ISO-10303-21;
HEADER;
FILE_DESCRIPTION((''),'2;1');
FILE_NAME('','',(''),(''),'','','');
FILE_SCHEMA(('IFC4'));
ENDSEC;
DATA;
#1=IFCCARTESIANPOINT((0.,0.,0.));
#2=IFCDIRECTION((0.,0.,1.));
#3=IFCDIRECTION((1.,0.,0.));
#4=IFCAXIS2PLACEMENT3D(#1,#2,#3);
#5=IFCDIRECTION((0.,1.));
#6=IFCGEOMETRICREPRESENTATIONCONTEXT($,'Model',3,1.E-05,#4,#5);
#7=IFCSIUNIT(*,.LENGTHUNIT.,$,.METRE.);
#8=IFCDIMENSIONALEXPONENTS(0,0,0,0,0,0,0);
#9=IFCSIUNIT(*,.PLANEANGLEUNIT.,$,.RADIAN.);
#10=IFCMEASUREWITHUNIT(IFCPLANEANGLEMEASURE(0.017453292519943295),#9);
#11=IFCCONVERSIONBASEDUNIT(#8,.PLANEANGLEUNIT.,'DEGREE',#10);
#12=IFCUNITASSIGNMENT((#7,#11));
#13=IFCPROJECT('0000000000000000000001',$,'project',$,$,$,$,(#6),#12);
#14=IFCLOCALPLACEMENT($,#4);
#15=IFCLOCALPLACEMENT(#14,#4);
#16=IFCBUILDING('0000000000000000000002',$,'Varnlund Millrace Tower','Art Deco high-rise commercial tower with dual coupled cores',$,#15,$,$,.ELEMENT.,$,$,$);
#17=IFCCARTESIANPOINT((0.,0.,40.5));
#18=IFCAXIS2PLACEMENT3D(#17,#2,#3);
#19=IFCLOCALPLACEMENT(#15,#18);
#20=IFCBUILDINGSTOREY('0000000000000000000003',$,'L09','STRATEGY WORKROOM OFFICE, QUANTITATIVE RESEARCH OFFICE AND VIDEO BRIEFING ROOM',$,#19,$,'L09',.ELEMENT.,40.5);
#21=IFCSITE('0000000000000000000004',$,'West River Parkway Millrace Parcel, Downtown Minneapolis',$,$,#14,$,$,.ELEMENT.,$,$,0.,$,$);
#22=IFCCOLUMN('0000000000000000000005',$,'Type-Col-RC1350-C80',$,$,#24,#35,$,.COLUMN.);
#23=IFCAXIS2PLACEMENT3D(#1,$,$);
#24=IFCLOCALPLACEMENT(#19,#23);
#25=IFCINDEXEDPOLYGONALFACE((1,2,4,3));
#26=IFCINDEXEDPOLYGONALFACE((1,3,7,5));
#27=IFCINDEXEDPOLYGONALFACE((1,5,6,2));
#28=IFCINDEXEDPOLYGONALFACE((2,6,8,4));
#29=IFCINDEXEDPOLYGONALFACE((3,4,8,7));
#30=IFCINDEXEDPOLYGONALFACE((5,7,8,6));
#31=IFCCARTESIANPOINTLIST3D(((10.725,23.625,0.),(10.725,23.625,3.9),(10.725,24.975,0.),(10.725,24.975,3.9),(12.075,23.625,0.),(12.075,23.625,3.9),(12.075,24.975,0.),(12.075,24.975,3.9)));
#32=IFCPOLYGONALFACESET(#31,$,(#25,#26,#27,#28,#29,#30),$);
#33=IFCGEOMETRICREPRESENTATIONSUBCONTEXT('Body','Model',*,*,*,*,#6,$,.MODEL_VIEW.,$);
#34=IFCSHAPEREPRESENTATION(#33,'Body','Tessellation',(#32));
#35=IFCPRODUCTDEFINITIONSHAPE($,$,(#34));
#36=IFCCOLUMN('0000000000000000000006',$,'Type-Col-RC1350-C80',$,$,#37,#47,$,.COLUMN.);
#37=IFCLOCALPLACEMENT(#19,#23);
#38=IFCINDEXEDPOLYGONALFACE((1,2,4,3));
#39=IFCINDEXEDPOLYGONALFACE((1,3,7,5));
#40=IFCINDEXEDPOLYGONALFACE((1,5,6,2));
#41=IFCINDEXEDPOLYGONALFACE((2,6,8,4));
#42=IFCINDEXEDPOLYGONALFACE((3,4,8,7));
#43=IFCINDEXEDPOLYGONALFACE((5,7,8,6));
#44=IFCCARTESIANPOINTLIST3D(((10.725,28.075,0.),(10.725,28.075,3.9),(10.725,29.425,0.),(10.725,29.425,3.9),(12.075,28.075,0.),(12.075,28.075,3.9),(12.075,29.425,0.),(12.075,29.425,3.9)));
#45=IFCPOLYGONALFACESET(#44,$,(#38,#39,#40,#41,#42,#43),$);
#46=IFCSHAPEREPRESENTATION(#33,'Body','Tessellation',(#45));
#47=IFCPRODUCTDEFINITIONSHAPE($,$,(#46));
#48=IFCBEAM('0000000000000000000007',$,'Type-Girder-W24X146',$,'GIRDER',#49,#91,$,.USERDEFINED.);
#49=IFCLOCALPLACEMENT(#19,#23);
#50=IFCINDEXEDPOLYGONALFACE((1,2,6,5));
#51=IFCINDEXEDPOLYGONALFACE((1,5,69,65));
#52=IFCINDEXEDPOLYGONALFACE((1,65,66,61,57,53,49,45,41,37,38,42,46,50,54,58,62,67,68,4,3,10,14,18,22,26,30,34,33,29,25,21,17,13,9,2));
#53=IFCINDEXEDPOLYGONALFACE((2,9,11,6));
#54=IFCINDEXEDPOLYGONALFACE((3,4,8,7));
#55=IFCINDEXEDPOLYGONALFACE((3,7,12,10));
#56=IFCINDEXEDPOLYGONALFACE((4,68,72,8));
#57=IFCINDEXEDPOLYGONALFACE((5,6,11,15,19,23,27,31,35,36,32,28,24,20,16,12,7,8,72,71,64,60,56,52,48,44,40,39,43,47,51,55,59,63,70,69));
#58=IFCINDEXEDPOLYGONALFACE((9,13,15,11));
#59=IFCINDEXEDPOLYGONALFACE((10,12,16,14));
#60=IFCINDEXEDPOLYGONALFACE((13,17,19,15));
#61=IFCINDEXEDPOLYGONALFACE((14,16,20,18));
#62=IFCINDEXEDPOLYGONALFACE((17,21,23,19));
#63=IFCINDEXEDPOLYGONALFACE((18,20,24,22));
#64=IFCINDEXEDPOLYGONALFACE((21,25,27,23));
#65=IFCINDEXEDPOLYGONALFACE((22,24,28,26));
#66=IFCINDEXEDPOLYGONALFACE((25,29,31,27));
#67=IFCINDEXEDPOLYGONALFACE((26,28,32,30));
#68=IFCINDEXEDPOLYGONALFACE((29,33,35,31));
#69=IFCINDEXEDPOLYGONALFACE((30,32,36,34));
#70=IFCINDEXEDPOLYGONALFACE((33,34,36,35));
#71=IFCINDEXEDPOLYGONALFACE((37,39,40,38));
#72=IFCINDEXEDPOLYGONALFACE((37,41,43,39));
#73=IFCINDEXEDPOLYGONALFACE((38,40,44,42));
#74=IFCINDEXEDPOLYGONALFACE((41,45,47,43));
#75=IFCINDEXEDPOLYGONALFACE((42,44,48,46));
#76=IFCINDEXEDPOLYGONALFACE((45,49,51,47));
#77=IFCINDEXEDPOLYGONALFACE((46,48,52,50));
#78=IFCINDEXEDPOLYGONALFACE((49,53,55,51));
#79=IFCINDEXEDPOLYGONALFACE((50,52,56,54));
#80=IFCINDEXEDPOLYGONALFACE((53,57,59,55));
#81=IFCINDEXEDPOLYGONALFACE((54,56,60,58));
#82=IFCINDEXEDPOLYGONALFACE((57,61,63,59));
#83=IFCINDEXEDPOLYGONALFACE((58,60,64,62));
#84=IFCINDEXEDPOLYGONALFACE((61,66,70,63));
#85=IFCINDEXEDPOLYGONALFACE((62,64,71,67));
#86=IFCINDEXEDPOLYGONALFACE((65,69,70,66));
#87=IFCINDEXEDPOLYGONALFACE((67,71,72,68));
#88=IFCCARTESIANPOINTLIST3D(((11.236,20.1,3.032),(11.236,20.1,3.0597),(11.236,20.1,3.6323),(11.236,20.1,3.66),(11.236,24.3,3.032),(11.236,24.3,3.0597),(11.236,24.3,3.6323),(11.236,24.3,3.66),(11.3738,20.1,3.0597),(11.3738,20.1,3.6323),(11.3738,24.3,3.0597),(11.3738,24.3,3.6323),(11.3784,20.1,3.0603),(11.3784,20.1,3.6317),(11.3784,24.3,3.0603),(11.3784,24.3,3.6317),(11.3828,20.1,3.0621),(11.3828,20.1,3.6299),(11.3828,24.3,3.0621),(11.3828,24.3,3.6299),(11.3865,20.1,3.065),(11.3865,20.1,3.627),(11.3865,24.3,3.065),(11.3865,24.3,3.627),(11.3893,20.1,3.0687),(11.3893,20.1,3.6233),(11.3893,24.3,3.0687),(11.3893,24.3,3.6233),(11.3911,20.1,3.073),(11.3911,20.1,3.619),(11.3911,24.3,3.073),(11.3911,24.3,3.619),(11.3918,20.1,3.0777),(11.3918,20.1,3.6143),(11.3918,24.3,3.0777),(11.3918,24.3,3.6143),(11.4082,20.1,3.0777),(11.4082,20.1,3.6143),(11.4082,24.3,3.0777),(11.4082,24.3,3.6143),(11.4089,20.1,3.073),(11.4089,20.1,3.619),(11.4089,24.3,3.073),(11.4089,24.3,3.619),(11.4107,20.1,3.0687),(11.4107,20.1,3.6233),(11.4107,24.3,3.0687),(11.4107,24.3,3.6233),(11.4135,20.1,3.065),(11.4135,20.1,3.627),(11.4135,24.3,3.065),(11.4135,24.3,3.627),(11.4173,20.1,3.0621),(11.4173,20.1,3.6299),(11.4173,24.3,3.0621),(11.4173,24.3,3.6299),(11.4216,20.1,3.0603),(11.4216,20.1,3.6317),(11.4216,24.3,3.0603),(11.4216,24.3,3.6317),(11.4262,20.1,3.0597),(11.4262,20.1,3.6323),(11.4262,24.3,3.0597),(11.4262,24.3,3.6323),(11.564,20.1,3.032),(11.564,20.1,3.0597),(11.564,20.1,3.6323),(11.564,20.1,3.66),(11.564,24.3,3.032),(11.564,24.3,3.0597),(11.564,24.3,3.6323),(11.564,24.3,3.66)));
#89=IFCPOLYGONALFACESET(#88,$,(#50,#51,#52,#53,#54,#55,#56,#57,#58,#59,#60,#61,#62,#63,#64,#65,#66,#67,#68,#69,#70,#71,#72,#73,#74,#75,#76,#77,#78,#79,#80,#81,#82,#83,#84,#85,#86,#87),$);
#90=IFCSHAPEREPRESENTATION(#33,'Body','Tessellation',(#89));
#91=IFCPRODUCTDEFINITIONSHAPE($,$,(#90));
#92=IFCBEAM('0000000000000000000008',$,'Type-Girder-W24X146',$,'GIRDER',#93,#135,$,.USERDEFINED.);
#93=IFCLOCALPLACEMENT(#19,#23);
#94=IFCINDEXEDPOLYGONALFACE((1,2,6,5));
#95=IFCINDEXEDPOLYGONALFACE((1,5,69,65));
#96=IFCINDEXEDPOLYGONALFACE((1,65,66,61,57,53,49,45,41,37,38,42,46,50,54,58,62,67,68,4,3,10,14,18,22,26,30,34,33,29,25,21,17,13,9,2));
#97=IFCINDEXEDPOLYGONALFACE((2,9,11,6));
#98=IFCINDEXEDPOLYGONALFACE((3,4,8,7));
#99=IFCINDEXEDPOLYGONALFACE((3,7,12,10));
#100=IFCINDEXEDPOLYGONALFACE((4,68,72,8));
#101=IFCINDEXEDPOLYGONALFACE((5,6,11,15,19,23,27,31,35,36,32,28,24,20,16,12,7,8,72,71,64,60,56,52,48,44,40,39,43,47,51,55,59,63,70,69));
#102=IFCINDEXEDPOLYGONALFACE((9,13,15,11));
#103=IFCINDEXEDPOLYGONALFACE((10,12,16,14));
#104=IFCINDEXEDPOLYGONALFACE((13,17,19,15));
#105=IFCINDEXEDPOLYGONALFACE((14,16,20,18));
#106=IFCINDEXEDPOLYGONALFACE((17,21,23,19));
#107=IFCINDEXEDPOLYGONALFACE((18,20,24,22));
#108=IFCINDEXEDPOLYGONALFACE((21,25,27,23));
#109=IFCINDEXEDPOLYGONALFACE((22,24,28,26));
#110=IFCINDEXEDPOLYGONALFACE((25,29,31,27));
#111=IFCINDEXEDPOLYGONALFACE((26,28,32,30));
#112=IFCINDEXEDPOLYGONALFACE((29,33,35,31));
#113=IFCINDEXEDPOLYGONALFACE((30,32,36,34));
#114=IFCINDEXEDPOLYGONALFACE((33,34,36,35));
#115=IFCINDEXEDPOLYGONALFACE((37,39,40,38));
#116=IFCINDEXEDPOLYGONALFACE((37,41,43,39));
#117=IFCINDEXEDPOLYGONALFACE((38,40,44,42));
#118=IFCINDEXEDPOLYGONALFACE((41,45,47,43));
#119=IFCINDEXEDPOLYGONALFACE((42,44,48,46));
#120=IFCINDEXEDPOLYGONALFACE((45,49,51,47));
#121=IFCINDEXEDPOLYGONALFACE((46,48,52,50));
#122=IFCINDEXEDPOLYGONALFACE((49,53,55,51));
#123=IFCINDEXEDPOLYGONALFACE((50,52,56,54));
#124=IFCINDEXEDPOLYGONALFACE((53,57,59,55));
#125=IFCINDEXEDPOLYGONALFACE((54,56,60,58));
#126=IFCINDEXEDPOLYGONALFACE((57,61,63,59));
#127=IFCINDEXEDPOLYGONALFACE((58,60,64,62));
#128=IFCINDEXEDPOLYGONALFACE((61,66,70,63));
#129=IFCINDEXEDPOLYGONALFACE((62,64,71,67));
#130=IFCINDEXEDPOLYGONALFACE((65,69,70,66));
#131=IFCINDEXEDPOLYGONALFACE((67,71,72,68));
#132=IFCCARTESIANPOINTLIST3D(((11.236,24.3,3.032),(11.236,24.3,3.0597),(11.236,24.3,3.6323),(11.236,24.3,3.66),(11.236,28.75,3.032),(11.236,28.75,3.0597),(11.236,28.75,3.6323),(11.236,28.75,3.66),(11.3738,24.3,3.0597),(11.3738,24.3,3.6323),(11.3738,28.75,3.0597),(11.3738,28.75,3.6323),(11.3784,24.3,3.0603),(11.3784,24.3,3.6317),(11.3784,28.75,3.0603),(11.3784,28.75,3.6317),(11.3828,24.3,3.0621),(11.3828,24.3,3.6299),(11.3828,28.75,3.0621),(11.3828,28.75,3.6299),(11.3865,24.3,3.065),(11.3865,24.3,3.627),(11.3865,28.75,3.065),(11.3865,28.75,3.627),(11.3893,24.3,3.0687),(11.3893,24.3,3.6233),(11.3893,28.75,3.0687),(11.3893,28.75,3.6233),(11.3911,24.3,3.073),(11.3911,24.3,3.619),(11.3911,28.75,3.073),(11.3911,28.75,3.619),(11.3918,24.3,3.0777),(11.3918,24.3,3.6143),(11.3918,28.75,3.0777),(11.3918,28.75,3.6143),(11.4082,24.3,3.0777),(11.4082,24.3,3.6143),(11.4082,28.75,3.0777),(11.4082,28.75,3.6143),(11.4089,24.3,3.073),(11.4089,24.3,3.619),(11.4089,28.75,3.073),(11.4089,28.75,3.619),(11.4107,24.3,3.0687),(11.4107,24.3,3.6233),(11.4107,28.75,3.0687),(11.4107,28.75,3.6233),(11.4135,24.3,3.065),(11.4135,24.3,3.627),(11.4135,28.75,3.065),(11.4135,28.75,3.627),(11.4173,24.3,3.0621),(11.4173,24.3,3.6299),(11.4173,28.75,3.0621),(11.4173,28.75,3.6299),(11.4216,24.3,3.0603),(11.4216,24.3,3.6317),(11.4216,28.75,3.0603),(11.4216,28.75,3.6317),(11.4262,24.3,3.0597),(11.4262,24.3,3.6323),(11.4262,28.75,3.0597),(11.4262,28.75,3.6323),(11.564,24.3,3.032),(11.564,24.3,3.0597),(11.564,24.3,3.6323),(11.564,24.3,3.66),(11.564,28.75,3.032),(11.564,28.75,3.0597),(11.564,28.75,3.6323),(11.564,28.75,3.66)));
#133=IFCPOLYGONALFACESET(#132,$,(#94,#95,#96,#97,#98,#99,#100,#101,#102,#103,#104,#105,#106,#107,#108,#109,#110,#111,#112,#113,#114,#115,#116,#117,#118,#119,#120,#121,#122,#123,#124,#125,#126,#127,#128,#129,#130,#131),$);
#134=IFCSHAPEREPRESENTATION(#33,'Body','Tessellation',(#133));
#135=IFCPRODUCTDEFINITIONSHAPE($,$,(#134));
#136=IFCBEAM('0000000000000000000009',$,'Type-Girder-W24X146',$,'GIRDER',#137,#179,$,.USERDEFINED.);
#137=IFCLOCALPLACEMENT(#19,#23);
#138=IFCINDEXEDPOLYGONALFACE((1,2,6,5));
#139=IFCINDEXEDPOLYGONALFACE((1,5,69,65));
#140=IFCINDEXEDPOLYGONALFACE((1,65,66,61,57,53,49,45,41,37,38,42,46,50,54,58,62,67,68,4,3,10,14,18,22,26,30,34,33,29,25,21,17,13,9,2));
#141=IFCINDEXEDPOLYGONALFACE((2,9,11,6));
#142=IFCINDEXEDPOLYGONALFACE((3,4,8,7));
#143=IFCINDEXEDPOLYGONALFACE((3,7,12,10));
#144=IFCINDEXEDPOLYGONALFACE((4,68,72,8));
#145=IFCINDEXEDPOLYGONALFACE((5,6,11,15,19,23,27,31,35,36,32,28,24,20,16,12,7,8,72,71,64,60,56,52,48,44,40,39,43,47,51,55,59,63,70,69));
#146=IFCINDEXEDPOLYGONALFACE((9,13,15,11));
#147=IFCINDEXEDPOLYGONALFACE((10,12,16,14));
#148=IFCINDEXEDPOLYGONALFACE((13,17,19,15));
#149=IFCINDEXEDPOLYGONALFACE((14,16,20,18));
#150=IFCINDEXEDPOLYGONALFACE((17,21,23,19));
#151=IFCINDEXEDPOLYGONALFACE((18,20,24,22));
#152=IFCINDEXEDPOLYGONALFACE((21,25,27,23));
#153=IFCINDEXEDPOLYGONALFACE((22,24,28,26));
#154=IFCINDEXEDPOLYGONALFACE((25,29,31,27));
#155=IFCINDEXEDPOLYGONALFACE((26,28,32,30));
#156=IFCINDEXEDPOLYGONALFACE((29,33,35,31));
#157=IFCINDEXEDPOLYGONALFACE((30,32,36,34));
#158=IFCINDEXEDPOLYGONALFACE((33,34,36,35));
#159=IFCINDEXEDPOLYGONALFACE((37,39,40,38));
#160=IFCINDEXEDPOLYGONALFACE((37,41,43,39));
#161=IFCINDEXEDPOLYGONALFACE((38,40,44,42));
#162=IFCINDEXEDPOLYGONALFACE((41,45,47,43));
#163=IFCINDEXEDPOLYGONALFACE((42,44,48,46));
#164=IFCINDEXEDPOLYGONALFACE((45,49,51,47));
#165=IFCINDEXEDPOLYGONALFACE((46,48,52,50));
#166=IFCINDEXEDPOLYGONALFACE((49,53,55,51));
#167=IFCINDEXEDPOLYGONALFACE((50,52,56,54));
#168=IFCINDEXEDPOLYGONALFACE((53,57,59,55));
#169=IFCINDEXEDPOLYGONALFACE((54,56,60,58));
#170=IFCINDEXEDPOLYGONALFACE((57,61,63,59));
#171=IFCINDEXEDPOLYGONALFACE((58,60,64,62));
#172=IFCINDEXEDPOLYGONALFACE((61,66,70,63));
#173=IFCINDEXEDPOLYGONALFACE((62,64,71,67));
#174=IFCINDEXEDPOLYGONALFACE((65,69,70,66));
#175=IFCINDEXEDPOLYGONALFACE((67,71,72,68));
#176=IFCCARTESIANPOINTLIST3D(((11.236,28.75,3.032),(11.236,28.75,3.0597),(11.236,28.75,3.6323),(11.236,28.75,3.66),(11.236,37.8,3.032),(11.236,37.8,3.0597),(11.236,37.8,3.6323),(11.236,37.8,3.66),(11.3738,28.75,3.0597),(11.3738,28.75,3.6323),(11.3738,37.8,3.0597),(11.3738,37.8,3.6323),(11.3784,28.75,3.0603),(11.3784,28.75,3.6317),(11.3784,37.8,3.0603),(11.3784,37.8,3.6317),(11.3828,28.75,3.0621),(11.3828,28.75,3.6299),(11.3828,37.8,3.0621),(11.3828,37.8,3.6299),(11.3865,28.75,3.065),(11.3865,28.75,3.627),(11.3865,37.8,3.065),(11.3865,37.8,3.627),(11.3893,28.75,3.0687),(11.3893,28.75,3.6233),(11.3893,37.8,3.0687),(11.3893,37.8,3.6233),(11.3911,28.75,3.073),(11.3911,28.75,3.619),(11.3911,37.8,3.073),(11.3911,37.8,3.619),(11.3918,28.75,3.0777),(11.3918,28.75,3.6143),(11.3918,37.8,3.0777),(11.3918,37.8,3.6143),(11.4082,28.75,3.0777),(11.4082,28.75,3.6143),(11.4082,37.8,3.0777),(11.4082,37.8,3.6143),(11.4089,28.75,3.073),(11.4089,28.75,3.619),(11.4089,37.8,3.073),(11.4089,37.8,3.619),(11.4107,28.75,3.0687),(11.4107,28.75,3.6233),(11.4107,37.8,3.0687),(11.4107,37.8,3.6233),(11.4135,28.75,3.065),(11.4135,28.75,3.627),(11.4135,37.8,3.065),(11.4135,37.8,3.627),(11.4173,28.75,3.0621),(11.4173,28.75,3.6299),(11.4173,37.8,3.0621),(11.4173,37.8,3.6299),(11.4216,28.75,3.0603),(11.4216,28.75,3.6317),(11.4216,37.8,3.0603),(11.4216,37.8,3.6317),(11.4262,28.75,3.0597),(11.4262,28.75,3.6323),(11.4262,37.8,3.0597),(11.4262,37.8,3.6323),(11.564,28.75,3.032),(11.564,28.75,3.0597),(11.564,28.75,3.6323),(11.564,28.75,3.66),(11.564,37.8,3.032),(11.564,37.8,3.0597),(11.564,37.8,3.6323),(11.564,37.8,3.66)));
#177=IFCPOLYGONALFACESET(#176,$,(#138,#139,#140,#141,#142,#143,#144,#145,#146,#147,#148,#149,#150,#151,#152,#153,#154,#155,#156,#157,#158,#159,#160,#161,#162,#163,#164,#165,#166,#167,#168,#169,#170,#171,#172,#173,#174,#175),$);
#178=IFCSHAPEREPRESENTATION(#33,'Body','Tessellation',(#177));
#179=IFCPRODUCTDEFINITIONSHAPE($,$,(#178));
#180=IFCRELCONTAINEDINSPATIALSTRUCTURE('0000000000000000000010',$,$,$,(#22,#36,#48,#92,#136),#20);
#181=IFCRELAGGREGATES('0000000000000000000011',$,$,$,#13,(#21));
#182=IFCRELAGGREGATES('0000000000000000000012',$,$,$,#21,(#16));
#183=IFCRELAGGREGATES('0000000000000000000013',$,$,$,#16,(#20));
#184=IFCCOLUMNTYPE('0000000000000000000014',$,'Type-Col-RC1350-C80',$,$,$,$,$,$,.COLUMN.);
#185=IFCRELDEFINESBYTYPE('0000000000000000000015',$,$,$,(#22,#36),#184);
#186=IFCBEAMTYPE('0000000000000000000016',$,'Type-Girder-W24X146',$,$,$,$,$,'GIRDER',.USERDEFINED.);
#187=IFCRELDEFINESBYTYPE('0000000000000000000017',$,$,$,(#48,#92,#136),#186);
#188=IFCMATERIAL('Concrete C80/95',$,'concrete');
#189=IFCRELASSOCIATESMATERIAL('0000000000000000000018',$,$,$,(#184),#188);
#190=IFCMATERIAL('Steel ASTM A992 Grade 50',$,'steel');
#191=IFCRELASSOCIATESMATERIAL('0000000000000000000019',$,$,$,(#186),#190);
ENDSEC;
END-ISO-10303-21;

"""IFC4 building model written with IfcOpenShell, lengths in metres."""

from ifc_helpers import new_model, entity, si_unit, converted_unit, direction, frame, origin_with_axes, origin_2d_with_axis, place, context, subcontext, project, spatial, rectangle, i_section, extrude, material, material_profile, profile_set, type_object, element, save


model = new_model("IFC4")

# Units and contexts
model_context = context("Model", 3, precision=1e-05, world=origin_with_axes(), true_north=direction((0.0, 1.0)))
body_context = subcontext(model_context, "Body", "Model", "MODEL_VIEW")
ifc_project = project(units=[si_unit("LENGTHUNIT", "METRE"), converted_unit("PLANEANGLEUNIT", "DEGREE", entity("IfcPlaneAngleMeasure", 0.017453292519943295), si_unit("PLANEANGLEUNIT", "RADIAN"), dimensions=[0, 0, 0, 0, 0, 0, 0])], contexts=[model_context])

# Site, building, storey
site_placement = place(None, origin_with_axes())
site = spatial("IfcSite", under=ifc_project, at=site_placement, Name="West River Parkway Millrace Parcel, Downtown Minneapolis", CompositionType="ELEMENT", RefElevation=0.0)
building_placement = place(site_placement, origin_with_axes())
building = spatial("IfcBuilding", under=site, at=building_placement, Name="Varnlund Millrace Tower", Description="Art Deco high-rise commercial tower with dual coupled cores", CompositionType="ELEMENT")
storey_placement = place(building_placement, frame((0.0, 0.0, 40.5), z_axis=(0.0, 0.0, 1.0), x_axis=(1.0, 0.0, 0.0)))
storey = spatial("IfcBuildingStorey", under=building, at=storey_placement, Name="L09", Description="STRATEGY WORKROOM OFFICE, QUANTITATIVE RESEARCH OFFICE AND VIDEO BRIEFING ROOM", LongName="L09", CompositionType="ELEMENT", Elevation=40.5)

# Columns
ifc_material_1 = material(Name="Concrete C80/95", Category="concrete")
ifc_material_profile_1 = material_profile(ifc_material_1, rectangle(XDim=1.35, YDim=1.35, at=origin_2d_with_axis()), Name="Concrete C80/95")
ifc_profile_set_1 = profile_set([ifc_material_profile_1], Name="Concrete C80/95")
column_type = type_object("IfcColumnType", Name="Type-Col-RC1350-C80", PredefinedType="COLUMN", material=ifc_profile_set_1)
for number, where, z_axis, x_axis, name in (
    (1, (11.4, 24.3, 0.0), (0.0, 0.0, 1.0), (1.0, 0.0, 0.0), "Type-Col-RC1350-C80"),
    (2, (11.4, 28.75, 0.0), (0.0, 0.0, 1.0), (1.0, 0.0, 0.0), "Type-Col-RC1350-C80"),
):
    element("IfcColumn", number, at=place(storey_placement, frame(where, z_axis=z_axis, x_axis=x_axis)), inside=storey, type_object=column_type, Name=name, PredefinedType="COLUMN", context=body_context, shape_type="SweptSolid", body=[
        extrude(rectangle(XDim=1.35, YDim=1.35, at=origin_2d_with_axis()), origin_with_axes(), (0.0, 0.0, 1.0), 3.9),
    ])

# Beams
ifc_material_2 = material(Name="Steel ASTM A992 Grade 50", Category="steel")
ifc_material_profile_2 = material_profile(ifc_material_2, i_section(OverallWidth=0.328, OverallDepth=0.628, WebThickness=0.0165, FlangeThickness=0.0277, FilletRadius=0.018, at=origin_2d_with_axis()), Name="Steel ASTM A992 Grade 50")
ifc_profile_set_2 = profile_set([ifc_material_profile_2], Name="Steel ASTM A992 Grade 50")
beam_type_1 = type_object("IfcBeamType", Name="Type-Girder-W24X146", ElementType="GIRDER", PredefinedType="USERDEFINED", material=ifc_profile_set_2)
beam_1_placement = place(storey_placement, frame((11.4, 20.1, 3.346), z_axis=(0.0, 1.0, 0.0), x_axis=(-1.0, 0.0, 0.0)))
element("IfcBeam", 3, at=beam_1_placement, inside=storey, type_object=beam_type_1, Name="Type-Girder-W24X146", ObjectType="GIRDER", PredefinedType="USERDEFINED", context=body_context, shape_type="SweptSolid", body=[
    extrude(i_section(OverallWidth=0.328, OverallDepth=0.628, WebThickness=0.0165, FlangeThickness=0.0277, FilletRadius=0.018, at=origin_2d_with_axis()), origin_with_axes(), (0.0, 0.0, 1.0), 4.2),
])
beam_2_placement = place(storey_placement, frame((11.4, 24.3, 3.346), z_axis=(0.0, 1.0, 0.0), x_axis=(-1.0, 0.0, 0.0)))
element("IfcBeam", 4, at=beam_2_placement, inside=storey, type_object=beam_type_1, Name="Type-Girder-W24X146", ObjectType="GIRDER", PredefinedType="USERDEFINED", context=body_context, shape_type="SweptSolid", body=[
    extrude(i_section(OverallWidth=0.328, OverallDepth=0.628, WebThickness=0.0165, FlangeThickness=0.0277, FilletRadius=0.018, at=origin_2d_with_axis()), origin_with_axes(), (0.0, 0.0, 1.0), 4.45),
])
beam_3_placement = place(storey_placement, frame((11.4, 28.75, 3.346), z_axis=(0.0, 1.0, 0.0), x_axis=(-1.0, 0.0, 0.0)))
element("IfcBeam", 5, at=beam_3_placement, inside=storey, type_object=beam_type_1, Name="Type-Girder-W24X146", ObjectType="GIRDER", PredefinedType="USERDEFINED", context=body_context, shape_type="SweptSolid", body=[
    extrude(i_section(OverallWidth=0.328, OverallDepth=0.628, WebThickness=0.0165, FlangeThickness=0.0277, FilletRadius=0.018, at=origin_2d_with_axis()), origin_with_axes(), (0.0, 0.0, 1.0), 9.05),
])

save(model, "model.ifc")
